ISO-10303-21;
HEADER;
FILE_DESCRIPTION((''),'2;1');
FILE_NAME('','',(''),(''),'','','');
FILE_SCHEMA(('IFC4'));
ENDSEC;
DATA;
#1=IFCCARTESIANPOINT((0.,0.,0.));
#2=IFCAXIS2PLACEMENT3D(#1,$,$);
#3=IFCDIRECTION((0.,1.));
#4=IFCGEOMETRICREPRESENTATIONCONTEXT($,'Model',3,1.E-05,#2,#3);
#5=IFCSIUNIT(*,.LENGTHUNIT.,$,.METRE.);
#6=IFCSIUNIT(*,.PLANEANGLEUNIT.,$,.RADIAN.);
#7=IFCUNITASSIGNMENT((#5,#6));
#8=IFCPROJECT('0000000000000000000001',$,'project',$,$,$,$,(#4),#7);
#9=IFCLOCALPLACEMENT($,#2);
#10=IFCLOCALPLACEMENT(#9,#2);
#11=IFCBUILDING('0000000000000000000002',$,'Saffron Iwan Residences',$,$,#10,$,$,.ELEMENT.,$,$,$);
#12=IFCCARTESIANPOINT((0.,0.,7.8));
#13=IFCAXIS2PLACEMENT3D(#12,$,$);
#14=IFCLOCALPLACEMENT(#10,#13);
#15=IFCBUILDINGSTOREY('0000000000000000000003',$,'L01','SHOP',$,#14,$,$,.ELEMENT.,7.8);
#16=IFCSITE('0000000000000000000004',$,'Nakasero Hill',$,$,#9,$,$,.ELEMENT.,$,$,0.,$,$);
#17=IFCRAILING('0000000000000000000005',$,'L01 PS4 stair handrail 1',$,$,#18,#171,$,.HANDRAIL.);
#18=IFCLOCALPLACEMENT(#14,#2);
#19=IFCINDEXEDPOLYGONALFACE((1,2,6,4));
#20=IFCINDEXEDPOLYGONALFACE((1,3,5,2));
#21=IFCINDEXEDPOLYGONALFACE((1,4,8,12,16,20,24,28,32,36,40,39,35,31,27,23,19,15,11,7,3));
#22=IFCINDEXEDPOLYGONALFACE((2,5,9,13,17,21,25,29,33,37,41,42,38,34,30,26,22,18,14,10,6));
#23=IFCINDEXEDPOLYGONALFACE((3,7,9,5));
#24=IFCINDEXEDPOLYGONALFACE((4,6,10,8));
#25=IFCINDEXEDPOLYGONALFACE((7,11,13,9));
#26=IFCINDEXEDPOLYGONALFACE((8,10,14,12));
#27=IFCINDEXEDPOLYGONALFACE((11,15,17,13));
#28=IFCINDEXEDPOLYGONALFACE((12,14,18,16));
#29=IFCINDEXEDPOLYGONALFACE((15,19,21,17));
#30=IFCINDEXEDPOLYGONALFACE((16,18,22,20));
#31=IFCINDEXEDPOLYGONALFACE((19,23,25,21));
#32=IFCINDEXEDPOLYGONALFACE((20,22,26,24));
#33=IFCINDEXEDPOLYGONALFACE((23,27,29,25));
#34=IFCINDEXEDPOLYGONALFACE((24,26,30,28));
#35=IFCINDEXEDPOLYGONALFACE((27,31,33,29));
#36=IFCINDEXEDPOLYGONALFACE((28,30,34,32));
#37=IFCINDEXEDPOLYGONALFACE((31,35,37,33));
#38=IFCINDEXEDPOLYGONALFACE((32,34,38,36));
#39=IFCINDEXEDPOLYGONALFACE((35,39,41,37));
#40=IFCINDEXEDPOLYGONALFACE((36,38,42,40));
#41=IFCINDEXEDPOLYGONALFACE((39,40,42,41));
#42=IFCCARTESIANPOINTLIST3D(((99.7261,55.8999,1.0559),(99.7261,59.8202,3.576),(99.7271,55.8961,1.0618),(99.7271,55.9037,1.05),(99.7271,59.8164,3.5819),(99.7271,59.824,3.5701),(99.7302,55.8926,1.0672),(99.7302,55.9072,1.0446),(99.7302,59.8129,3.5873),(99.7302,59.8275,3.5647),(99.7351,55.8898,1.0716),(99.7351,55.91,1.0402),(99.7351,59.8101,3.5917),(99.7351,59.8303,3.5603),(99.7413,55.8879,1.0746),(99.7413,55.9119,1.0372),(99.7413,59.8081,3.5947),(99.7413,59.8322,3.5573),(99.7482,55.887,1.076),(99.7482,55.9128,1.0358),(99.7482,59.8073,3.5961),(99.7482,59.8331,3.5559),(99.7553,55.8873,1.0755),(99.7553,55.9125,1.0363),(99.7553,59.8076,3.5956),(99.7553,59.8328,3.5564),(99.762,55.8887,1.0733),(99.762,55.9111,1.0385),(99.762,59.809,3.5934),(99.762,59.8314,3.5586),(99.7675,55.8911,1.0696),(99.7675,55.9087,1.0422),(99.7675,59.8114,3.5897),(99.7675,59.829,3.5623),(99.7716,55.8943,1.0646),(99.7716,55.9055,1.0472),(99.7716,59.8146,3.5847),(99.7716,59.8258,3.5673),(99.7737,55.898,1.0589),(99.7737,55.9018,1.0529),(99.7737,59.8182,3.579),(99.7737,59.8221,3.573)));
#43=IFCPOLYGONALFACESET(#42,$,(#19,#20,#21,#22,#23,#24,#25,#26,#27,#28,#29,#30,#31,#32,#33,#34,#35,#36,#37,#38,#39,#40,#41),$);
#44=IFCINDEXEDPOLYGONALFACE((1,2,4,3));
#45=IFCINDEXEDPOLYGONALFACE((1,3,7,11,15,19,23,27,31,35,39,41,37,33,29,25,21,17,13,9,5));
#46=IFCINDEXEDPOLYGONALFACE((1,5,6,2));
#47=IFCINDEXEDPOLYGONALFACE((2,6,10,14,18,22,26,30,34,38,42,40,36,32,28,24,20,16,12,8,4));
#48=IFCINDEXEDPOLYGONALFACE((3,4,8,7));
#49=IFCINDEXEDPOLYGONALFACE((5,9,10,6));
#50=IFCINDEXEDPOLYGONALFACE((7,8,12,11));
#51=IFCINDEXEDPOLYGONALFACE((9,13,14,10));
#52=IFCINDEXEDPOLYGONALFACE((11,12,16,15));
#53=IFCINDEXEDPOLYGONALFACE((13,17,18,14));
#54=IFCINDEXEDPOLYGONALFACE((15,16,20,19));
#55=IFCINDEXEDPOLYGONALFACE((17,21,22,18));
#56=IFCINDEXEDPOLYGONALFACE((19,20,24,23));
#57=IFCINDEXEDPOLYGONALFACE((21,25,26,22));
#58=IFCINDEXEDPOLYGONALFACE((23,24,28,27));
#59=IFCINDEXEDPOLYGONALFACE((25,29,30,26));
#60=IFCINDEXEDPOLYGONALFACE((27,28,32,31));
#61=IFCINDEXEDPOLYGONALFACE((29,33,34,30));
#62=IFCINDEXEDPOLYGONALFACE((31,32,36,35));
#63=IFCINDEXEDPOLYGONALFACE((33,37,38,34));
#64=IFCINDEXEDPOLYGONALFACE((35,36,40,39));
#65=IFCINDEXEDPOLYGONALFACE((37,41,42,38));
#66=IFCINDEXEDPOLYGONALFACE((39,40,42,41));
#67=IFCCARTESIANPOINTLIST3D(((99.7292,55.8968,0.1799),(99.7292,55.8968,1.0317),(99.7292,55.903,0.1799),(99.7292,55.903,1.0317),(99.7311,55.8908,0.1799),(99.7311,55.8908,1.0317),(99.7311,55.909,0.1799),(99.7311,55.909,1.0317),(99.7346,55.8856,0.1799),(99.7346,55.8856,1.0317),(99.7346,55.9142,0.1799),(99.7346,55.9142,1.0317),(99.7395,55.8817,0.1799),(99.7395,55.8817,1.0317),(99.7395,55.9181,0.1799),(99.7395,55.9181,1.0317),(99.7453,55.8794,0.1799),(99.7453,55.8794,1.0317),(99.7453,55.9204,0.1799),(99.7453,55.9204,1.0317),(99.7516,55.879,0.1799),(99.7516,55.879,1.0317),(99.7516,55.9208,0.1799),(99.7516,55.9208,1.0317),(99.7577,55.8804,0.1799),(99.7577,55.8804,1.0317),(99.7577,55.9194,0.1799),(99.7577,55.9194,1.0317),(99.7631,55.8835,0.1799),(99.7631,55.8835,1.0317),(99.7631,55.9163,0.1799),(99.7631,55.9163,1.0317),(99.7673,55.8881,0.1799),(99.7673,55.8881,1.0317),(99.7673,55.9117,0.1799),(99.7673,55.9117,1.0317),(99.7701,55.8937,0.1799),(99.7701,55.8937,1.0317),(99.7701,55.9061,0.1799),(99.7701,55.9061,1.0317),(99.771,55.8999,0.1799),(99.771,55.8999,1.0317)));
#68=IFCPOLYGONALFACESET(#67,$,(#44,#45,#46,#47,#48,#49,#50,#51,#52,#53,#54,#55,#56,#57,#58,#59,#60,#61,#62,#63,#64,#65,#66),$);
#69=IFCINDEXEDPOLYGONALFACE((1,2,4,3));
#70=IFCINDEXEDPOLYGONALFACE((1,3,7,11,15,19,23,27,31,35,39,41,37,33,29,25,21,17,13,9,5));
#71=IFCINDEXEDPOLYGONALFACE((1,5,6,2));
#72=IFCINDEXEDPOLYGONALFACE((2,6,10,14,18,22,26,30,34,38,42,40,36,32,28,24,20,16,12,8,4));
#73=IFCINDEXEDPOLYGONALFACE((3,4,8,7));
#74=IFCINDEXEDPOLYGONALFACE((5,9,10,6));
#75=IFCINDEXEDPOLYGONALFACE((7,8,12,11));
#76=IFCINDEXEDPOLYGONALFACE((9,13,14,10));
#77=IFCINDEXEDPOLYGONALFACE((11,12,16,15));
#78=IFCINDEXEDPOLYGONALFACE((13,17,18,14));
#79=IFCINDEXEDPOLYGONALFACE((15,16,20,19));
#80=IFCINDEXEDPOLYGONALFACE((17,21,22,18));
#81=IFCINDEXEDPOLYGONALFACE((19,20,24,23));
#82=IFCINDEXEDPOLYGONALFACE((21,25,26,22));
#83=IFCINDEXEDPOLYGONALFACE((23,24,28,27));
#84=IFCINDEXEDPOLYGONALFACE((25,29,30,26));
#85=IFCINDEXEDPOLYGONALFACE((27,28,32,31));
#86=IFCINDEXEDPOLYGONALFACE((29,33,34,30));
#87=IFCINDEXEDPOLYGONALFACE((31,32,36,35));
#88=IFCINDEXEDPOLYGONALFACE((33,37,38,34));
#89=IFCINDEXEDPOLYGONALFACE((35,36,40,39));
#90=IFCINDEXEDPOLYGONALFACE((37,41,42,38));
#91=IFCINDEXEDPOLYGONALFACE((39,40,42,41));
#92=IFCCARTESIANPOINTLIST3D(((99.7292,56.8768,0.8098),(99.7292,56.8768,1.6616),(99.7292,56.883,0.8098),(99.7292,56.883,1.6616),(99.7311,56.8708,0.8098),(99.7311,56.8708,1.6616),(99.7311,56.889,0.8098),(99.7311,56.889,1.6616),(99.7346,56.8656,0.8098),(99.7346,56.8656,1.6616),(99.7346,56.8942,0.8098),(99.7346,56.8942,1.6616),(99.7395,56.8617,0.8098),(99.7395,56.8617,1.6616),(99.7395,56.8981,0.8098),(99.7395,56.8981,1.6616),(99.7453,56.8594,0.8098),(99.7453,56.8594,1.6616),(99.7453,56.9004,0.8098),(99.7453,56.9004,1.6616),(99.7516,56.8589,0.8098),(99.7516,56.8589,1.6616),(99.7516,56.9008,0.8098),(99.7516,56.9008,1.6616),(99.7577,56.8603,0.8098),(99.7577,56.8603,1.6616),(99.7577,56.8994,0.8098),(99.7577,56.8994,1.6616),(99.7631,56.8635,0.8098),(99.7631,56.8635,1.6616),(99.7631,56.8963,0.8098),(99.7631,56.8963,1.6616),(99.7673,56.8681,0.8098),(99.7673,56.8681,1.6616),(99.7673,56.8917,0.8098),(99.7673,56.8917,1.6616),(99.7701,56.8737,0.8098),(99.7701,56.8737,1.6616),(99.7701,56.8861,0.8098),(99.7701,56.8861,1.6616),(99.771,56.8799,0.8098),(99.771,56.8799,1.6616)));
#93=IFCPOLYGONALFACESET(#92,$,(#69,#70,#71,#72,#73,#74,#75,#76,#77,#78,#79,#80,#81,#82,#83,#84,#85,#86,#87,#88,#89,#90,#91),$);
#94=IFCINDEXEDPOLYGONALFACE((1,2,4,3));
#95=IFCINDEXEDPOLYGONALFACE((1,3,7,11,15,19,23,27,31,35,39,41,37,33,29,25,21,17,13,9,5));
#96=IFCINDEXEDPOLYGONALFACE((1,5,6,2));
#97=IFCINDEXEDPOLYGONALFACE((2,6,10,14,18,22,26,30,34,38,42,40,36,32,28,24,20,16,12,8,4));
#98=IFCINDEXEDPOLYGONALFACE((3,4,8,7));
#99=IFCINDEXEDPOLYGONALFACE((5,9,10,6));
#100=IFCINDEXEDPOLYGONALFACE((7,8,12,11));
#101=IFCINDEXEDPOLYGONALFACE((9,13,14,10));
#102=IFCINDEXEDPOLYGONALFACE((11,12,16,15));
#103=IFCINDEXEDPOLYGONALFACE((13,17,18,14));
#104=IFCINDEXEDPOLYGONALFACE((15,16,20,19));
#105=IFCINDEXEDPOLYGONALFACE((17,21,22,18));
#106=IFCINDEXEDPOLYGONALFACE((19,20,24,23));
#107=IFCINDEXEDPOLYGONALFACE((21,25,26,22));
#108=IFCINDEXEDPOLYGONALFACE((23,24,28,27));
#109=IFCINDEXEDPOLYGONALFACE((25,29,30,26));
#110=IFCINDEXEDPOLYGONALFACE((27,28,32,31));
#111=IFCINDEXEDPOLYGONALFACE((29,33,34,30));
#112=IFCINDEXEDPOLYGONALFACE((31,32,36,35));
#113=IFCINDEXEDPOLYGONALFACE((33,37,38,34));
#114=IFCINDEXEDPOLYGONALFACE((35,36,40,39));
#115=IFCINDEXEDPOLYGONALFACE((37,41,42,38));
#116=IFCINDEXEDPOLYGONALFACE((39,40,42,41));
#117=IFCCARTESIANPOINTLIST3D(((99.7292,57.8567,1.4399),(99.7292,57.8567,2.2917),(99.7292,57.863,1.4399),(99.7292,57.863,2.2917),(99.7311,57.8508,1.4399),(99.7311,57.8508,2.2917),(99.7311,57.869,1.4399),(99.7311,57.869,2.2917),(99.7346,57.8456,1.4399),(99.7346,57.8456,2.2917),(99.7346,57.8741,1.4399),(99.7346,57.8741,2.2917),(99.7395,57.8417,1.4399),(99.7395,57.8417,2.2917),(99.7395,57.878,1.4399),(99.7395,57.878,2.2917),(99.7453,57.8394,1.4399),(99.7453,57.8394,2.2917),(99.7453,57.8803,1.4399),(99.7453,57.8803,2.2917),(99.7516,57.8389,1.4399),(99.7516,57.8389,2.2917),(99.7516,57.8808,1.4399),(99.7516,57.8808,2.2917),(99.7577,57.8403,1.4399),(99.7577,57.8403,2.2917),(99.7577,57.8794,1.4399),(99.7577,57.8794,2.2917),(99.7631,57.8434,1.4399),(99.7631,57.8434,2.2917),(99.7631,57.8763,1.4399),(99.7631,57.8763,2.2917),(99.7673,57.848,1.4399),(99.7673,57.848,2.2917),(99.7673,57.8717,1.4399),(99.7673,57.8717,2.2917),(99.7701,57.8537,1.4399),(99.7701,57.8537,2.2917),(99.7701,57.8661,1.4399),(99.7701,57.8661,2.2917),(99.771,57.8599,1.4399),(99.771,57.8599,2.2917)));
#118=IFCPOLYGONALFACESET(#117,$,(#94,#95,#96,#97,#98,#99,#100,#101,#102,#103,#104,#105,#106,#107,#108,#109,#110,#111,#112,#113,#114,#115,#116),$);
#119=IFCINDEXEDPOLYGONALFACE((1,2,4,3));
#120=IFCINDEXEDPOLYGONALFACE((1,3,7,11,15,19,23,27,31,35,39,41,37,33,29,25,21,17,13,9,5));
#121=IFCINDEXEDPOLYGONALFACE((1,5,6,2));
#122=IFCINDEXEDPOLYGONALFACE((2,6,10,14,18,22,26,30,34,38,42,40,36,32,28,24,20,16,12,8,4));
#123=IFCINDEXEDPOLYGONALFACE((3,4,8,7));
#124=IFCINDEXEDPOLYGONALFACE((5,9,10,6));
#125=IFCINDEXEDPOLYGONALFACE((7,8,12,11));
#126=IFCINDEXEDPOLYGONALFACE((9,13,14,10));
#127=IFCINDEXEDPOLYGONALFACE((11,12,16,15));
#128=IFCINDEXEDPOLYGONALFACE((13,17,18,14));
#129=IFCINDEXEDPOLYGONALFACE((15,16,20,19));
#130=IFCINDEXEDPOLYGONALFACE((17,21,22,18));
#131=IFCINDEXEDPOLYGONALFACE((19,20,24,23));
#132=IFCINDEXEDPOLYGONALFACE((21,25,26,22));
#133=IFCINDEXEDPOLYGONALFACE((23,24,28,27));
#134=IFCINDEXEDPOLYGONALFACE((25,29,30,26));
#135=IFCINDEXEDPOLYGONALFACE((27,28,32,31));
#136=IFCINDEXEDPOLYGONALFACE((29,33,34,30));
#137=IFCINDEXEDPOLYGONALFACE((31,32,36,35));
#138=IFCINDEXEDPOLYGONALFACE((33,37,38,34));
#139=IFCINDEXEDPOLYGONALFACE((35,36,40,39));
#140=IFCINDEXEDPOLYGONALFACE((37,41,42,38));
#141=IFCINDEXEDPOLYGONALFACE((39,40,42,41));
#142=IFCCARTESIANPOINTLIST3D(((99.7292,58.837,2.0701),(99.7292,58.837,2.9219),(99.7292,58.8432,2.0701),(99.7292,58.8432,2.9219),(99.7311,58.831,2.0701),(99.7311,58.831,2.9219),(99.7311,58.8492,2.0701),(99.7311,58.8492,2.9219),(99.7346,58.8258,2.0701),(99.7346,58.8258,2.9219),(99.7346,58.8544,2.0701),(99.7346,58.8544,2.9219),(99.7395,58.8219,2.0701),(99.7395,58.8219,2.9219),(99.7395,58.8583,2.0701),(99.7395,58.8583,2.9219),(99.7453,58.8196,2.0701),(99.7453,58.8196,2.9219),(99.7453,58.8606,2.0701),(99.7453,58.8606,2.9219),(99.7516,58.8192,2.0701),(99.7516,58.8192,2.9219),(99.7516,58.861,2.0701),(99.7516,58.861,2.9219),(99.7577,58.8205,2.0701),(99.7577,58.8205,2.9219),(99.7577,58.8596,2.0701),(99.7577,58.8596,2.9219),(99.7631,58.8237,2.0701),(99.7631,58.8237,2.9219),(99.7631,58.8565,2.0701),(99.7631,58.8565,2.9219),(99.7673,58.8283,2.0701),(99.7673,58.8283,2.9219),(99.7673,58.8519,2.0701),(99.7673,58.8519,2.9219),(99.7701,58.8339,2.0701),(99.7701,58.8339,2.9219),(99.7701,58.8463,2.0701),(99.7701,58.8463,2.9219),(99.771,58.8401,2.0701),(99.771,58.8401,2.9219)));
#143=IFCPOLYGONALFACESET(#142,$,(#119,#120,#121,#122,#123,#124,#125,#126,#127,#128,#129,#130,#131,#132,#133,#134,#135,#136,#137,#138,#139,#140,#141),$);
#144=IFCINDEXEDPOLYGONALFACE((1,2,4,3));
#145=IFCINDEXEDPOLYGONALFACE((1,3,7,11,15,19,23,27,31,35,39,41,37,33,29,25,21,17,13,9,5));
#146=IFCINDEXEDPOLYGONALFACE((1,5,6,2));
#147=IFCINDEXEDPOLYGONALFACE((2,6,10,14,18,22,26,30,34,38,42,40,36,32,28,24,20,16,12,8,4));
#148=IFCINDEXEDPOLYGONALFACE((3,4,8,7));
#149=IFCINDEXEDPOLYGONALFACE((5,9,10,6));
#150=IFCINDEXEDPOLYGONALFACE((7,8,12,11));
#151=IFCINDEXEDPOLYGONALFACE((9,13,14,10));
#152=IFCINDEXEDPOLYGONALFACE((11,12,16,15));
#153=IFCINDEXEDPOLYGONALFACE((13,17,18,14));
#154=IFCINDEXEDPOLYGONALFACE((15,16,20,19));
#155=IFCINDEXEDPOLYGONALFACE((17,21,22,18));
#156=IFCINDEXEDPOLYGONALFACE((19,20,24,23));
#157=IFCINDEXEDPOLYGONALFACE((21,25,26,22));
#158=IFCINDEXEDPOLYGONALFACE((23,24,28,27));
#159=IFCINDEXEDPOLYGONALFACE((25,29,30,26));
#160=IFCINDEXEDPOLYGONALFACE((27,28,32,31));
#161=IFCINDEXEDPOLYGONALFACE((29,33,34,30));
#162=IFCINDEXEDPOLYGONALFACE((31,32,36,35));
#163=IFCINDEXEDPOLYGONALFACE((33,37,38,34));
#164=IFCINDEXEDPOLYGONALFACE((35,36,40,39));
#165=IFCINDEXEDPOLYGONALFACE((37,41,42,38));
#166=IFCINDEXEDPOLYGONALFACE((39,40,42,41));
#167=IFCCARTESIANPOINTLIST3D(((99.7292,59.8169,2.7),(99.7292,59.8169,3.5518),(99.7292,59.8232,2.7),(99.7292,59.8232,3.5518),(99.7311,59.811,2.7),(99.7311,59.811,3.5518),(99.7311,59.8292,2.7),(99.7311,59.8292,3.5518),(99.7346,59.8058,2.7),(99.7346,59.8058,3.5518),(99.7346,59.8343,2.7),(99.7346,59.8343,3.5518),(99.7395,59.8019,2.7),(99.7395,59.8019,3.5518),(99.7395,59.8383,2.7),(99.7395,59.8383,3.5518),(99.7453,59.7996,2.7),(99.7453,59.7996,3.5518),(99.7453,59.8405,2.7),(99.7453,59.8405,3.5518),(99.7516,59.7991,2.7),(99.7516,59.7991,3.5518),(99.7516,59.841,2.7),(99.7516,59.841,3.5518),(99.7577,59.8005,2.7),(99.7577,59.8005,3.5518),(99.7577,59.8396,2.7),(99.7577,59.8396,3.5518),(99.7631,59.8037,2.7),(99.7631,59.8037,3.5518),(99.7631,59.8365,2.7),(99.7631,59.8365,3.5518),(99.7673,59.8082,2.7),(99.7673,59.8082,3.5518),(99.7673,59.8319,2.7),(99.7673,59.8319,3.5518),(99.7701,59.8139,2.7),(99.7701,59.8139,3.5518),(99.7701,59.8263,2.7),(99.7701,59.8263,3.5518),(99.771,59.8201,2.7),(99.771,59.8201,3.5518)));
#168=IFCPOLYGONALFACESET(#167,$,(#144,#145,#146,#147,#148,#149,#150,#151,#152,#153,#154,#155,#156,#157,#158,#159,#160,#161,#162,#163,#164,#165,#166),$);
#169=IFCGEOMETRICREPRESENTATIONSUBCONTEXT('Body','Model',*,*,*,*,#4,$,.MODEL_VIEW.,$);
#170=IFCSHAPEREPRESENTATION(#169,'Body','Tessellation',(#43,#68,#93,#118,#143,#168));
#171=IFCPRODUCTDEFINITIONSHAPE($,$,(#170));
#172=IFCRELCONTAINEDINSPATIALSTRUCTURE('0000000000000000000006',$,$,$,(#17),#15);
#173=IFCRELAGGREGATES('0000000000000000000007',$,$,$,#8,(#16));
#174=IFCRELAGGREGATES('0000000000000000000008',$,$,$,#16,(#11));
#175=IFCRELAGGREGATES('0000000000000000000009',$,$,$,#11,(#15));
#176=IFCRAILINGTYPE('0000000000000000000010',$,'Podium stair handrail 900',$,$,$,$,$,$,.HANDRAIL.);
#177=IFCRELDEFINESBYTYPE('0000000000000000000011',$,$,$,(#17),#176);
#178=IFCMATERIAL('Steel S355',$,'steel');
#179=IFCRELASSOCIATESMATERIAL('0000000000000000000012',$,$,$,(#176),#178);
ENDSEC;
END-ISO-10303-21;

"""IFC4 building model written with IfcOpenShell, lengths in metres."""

from ifc_helpers import new_model, si_unit, direction, frame, origin, origin_2d, place, context, subcontext, project, spatial, circle, extrude, material, type_object, element, save


model = new_model("IFC4")

# Units and contexts
model_context = context("Model", 3, precision=1e-05, world=origin(), true_north=direction((0.0, 1.0)))
body_context = subcontext(model_context, "Body", "Model", "MODEL_VIEW")
ifc_project = project(units=[si_unit("LENGTHUNIT", "METRE"), si_unit("PLANEANGLEUNIT", "RADIAN")], contexts=[model_context])

# Site, building, storey
site_placement = place(None, origin())
site = spatial("IfcSite", under=ifc_project, at=site_placement, Name="Nakasero Hill", CompositionType="ELEMENT", RefElevation=0.0)
building_placement = place(site_placement, origin())
building = spatial("IfcBuilding", under=site, at=building_placement, Name="Saffron Iwan Residences", CompositionType="ELEMENT")
storey_placement = place(building_placement, frame((0.0, 0.0, 7.8)))
storey = spatial("IfcBuildingStorey", under=building, at=storey_placement, Name="L01", Description="SHOP", CompositionType="ELEMENT", Elevation=7.8)

# Railing
ifc_material_1 = material(Name="Steel S355", Category="steel")
railing_type_1 = type_object("IfcRailingType", Name="Podium stair handrail 900", PredefinedType="HANDRAIL", material=ifc_material_1)
railing_1_placement = place(storey_placement, frame((99.75, 55.8999, 0.1799)))
element("IfcRailing", 1, at=railing_1_placement, inside=storey, type_object=railing_type_1, Name="L01 PS4 stair handrail 1", PredefinedType="HANDRAIL", context=body_context, shape_type="SweptSolid", body=[
    extrude(circle(Radius=0.0239, at=origin_2d()), frame((0.0, 0.0, 0.876), z_axis=(0.0, 0.841187, 0.540744), x_axis=(-1.0, 0.0, 0.0)), (0.0, 0.0, 1.0), 4.6604),
    extrude(circle(Radius=0.021, at=origin_2d()), origin(), (0.0, 0.0, 1.0), 0.8518),
    extrude(circle(Radius=0.021, at=origin_2d()), frame((0.0, 0.98, 0.6299)), (0.0, 0.0, 1.0), 0.8518),
    extrude(circle(Radius=0.021, at=origin_2d()), frame((0.0, 1.96, 1.26)), (0.0, 0.0, 1.0), 0.8518),
    extrude(circle(Radius=0.021, at=origin_2d()), frame((0.0, 2.9402, 1.8901)), (0.0, 0.0, 1.0), 0.8518),
    extrude(circle(Radius=0.021, at=origin_2d()), frame((0.0, 3.9202, 2.52)), (0.0, 0.0, 1.0), 0.8518),
])

save(model, "model.ifc")
